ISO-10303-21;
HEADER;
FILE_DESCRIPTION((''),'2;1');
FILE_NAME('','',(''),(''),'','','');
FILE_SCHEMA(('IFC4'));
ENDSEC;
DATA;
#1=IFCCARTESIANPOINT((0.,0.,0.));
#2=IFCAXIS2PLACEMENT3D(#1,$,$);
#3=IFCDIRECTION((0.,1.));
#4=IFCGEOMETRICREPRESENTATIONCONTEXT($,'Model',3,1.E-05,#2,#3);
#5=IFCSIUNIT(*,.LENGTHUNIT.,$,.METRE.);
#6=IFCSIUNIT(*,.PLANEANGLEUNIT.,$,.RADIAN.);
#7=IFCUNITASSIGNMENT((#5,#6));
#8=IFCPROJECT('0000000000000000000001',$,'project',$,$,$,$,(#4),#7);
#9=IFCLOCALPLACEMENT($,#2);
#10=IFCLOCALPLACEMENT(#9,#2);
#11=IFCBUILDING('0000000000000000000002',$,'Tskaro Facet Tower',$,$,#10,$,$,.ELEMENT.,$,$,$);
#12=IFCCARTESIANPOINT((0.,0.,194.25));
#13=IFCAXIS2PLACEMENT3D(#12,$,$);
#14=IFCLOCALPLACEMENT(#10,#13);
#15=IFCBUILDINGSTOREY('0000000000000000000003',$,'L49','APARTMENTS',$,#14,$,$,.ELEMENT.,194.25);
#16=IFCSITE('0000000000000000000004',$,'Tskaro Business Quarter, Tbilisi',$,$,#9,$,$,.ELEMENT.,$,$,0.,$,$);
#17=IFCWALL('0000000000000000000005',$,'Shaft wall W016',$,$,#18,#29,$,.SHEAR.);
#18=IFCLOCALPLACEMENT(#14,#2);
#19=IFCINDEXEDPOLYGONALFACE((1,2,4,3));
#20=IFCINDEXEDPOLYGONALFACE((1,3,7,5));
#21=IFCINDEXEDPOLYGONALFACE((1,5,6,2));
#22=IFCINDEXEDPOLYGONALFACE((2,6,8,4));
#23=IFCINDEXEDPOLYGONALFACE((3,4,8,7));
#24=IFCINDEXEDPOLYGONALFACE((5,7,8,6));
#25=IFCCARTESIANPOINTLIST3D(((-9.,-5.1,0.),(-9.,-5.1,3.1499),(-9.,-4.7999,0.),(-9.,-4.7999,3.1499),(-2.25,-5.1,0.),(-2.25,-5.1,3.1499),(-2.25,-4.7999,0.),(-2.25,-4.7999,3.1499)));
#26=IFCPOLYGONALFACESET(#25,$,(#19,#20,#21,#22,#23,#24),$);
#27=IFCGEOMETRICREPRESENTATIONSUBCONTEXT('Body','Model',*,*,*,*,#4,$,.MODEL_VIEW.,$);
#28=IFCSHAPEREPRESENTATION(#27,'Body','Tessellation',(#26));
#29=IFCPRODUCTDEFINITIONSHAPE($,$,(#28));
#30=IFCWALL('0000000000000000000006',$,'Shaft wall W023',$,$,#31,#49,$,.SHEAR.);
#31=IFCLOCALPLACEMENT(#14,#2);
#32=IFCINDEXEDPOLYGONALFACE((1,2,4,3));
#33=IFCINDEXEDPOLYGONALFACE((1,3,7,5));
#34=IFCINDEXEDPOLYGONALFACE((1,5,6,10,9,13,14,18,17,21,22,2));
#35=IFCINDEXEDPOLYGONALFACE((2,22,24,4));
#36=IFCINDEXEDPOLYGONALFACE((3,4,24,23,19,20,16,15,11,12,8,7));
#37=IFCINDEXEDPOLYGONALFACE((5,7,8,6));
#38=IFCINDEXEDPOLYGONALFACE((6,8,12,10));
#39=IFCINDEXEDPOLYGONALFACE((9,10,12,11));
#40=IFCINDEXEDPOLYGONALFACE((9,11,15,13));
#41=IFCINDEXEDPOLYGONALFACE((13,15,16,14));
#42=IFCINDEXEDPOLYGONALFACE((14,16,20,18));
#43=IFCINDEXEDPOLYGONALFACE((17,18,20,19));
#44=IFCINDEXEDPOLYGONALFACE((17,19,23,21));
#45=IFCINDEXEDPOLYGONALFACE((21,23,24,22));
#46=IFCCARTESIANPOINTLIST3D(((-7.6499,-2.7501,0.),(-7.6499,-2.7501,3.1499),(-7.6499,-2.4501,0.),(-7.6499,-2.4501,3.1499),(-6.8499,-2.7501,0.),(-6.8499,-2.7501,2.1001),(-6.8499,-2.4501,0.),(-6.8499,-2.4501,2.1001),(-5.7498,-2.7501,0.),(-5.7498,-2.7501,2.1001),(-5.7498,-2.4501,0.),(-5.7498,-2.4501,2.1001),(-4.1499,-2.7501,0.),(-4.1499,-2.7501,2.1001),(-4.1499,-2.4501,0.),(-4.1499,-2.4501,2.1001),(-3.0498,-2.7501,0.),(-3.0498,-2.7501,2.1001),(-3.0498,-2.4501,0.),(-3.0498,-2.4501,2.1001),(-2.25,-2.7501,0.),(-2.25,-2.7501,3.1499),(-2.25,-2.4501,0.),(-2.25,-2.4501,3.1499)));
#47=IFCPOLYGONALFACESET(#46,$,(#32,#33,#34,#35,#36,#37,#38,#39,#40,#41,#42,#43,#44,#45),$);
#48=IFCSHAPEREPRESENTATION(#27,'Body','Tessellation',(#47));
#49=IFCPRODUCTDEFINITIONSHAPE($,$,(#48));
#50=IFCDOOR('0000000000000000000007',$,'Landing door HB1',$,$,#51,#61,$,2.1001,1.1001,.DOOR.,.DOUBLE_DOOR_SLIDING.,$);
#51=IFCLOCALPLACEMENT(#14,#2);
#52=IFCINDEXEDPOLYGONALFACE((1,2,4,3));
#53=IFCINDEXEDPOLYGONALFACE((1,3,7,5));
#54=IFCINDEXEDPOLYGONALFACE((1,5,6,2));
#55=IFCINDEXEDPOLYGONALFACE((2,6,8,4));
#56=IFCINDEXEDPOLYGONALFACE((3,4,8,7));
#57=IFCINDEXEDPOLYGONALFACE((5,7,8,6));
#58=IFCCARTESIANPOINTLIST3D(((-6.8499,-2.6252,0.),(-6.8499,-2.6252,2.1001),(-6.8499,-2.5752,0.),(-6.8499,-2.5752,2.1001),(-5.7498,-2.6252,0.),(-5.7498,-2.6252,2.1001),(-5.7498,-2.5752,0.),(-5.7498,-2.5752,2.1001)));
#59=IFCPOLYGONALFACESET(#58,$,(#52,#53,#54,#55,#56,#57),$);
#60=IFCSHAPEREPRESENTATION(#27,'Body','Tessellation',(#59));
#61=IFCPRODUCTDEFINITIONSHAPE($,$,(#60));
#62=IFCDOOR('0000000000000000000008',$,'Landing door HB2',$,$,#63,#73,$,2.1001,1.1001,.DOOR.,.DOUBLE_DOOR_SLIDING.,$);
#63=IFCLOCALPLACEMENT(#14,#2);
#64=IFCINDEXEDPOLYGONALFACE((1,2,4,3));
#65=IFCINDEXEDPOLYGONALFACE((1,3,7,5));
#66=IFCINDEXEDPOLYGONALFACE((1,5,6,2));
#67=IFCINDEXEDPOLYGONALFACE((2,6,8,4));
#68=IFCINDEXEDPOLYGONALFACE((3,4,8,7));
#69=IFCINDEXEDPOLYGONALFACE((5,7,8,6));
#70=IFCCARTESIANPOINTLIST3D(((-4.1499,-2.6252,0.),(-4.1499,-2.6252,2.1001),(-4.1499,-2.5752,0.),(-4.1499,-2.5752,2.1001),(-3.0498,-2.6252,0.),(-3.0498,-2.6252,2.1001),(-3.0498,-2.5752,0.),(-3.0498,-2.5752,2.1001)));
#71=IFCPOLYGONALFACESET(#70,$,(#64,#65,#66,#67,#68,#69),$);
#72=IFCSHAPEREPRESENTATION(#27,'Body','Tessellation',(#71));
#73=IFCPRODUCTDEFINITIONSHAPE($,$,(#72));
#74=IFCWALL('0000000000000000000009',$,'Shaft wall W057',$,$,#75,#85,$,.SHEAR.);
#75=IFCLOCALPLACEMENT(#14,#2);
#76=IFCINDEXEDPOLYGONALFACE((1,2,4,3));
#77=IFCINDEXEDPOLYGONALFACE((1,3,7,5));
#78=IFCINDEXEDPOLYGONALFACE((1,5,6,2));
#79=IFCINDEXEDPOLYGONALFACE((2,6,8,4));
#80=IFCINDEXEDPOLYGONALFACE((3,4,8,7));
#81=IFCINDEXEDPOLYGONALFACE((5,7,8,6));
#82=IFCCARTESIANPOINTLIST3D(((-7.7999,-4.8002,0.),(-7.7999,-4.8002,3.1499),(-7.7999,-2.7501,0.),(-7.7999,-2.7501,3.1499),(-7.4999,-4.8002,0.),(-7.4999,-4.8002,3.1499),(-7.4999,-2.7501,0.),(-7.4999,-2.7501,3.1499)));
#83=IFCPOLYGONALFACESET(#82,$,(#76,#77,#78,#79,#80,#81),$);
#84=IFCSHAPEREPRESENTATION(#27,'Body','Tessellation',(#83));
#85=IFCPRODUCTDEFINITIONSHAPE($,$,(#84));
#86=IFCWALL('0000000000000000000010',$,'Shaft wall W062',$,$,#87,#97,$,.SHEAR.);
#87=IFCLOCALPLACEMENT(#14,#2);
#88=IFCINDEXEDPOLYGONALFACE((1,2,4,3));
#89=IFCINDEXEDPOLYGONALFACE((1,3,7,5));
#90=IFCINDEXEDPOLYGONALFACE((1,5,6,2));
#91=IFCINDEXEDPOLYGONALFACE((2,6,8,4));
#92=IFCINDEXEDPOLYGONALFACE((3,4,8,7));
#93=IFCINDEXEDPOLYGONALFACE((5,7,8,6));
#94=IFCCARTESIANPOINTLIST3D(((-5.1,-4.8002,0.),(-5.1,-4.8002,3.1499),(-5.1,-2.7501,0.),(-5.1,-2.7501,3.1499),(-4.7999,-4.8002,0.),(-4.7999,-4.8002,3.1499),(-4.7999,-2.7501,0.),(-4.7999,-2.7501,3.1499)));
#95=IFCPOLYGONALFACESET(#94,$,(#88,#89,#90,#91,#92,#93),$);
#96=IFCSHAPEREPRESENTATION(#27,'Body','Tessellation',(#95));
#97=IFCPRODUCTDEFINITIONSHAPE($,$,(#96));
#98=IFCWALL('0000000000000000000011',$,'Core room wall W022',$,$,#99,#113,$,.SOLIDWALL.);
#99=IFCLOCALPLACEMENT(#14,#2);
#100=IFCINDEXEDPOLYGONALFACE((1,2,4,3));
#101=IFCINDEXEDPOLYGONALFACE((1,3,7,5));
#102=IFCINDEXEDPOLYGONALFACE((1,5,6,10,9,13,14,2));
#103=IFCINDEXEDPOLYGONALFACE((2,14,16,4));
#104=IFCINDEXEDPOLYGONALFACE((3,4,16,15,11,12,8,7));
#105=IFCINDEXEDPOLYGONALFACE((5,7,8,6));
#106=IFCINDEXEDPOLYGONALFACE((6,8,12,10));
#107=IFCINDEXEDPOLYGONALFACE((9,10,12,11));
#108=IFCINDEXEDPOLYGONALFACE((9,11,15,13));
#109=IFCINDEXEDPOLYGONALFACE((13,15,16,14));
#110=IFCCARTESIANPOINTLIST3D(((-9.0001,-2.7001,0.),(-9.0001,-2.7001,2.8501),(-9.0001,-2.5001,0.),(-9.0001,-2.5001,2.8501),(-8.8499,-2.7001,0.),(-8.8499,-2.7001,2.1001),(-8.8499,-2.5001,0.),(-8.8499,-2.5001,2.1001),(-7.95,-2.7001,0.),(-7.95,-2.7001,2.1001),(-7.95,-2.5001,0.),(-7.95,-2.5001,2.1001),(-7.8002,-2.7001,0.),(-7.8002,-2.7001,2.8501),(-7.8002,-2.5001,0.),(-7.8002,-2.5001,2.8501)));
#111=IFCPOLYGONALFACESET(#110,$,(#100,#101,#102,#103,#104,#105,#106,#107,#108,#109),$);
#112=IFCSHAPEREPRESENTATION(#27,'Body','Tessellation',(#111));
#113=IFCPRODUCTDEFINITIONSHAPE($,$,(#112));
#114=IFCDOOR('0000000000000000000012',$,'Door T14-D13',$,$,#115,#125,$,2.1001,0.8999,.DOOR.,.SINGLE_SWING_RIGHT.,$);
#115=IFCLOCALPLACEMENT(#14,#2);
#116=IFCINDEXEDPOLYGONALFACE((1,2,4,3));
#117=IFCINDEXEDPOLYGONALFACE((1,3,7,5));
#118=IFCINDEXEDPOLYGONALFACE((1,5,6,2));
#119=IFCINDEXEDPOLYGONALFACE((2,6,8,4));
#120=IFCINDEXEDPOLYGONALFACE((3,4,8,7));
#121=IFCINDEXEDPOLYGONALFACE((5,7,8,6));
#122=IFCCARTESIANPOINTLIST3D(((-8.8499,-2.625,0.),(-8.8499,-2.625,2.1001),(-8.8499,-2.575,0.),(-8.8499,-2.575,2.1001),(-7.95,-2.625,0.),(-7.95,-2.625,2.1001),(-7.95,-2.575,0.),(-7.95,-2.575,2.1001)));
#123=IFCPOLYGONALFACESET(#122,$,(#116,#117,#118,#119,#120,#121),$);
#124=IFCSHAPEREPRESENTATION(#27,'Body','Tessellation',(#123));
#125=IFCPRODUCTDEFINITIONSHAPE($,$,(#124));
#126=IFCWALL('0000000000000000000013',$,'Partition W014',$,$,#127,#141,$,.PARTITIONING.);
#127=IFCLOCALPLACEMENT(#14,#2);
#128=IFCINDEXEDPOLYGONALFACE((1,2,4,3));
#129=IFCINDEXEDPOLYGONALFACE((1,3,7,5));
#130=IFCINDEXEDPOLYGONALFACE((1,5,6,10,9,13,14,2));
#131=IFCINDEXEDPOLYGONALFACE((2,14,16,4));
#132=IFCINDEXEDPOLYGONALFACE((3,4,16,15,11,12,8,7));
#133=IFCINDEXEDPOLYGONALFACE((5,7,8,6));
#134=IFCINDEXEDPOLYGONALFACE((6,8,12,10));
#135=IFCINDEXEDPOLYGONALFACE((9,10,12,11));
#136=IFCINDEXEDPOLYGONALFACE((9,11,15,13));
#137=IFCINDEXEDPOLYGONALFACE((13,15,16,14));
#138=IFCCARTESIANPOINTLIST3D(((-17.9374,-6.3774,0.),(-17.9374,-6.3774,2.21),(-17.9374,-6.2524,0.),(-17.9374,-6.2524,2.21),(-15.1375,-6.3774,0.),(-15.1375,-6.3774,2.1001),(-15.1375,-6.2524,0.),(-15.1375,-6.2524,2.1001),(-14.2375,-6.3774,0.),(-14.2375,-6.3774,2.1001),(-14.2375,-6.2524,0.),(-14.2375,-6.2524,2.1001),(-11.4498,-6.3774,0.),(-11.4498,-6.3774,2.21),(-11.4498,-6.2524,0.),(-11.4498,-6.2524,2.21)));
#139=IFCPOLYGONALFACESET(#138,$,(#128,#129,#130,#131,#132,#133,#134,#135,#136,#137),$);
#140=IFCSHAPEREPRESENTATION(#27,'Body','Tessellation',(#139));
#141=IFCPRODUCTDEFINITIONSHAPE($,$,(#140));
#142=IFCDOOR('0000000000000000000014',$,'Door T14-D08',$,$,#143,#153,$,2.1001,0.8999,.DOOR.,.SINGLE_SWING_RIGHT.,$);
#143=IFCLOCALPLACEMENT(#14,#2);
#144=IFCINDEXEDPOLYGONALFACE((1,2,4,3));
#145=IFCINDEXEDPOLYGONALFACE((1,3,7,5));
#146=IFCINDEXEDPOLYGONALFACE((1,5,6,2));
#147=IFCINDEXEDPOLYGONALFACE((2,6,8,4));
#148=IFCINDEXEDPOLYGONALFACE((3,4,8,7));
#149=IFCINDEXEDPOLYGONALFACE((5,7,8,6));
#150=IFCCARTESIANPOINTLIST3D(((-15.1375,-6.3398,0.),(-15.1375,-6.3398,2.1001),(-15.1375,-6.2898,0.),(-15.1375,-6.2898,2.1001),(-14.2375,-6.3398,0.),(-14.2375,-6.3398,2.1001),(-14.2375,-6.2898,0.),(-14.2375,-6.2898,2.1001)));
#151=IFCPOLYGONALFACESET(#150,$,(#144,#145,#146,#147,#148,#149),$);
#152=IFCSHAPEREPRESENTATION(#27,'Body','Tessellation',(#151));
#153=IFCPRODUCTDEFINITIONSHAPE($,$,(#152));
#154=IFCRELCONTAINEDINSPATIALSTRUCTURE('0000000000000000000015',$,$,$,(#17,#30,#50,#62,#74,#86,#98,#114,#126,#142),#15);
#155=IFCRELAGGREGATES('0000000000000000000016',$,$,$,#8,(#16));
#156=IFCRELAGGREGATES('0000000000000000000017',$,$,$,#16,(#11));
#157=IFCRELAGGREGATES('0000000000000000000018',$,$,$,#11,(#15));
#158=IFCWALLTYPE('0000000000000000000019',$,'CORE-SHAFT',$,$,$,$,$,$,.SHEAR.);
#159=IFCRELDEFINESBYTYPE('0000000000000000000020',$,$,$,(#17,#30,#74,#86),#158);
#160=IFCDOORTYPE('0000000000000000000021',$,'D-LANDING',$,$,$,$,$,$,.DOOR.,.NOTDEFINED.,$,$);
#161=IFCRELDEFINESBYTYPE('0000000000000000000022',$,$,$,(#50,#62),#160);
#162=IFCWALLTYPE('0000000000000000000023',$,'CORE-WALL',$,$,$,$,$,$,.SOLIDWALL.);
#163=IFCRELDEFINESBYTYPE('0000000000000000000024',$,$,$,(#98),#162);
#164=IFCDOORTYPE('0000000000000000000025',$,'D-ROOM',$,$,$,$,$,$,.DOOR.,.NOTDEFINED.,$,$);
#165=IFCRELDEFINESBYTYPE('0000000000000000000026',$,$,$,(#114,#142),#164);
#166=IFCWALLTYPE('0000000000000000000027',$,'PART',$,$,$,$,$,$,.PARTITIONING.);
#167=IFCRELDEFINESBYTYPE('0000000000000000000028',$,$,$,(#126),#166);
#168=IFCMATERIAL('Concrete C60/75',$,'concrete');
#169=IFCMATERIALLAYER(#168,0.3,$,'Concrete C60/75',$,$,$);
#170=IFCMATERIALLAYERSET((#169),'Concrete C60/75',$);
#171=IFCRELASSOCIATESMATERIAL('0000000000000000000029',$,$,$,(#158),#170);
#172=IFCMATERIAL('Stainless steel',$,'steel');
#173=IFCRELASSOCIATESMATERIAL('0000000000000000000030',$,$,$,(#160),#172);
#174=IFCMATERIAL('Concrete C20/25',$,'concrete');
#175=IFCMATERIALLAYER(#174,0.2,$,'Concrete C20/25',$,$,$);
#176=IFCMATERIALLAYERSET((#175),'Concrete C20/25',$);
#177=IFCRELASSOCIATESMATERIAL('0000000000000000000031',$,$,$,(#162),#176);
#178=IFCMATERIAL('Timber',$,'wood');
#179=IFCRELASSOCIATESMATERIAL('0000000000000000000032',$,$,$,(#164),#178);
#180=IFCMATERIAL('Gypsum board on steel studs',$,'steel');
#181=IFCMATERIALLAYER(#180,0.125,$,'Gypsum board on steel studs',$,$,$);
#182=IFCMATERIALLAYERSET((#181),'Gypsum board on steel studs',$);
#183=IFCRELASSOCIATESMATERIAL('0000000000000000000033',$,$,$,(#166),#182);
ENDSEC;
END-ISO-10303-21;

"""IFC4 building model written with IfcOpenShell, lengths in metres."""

from ifc_helpers import new_model, si_unit, direction, frame, frame_2d, origin, place, context, subcontext, project, spatial, rectangle, extrude, material, layer, layer_set, type_object, element, fill, save


model = new_model("IFC4")

# Units and contexts
model_context = context("Model", 3, precision=1e-05, world=origin(), true_north=direction((0.0, 1.0)))
body_context = subcontext(model_context, "Body", "Model", "MODEL_VIEW")
ifc_project = project(units=[si_unit("LENGTHUNIT", "METRE"), si_unit("PLANEANGLEUNIT", "RADIAN")], contexts=[model_context])

# Site, building, storey
site_placement = place(None, origin())
site = spatial("IfcSite", under=ifc_project, at=site_placement, Name="Tskaro Business Quarter, Tbilisi", CompositionType="ELEMENT", RefElevation=0.0)
building_placement = place(site_placement, origin())
building = spatial("IfcBuilding", under=site, at=building_placement, Name="Tskaro Facet Tower", CompositionType="ELEMENT")
storey_placement = place(building_placement, frame((0.0, 0.0, 194.25)))
storey = spatial("IfcBuildingStorey", under=building, at=storey_placement, Name="L49", Description="APARTMENTS", CompositionType="ELEMENT", Elevation=194.25)

# Wall
ifc_material_1 = material(Name="Concrete C60/75", Category="concrete")
ifc_layer_1 = layer(ifc_material_1, 0.3, Name="Concrete C60/75")
ifc_layer_set_1 = layer_set([ifc_layer_1], Name="Concrete C60/75")
wall_type_1 = type_object("IfcWallType", Name="CORE-SHAFT", PredefinedType="SHEAR", material=ifc_layer_set_1)
wall_1_placement = place(storey_placement, frame((-9.0, -4.95, 0.0), z_axis=(0.0, 0.0, 1.0), x_axis=(1.0, 0.0, 0.0)))
element("IfcWall", 1, at=wall_1_placement, inside=storey, type_object=wall_type_1, Name="Shaft wall W016", PredefinedType="SHEAR", context=body_context, shape_type="SweptSolid", body=[
    extrude(rectangle(XDim=6.75, YDim=0.3, at=frame_2d((3.375, 0.0))), origin(), (0.0, 0.0, 1.0), 3.1499),
])

# Wall, openings, doors
wall_2_placement = place(storey_placement, frame((-7.6499, -2.6001, 0.0), z_axis=(0.0, 0.0, 1.0), x_axis=(1.0, 0.0, 0.0)))
wall_2 = element("IfcWall", 2, at=wall_2_placement, inside=storey, type_object=wall_type_1, Name="Shaft wall W023", PredefinedType="SHEAR", context=body_context, shape_type="SweptSolid", body=[
    extrude(rectangle(XDim=5.3999, YDim=0.3, at=frame_2d((2.7, 0.0))), origin(), (0.0, 0.0, 1.0), 3.1499),
])
opening_1_placement = place(wall_2_placement, frame((0.8, 0.0, 0.0)))
opening_1 = element("IfcOpeningElement", 3, at=opening_1_placement, cuts=wall_2, PredefinedType="OPENING", context=body_context, shape_type="SweptSolid", body=[
    extrude(rectangle(XDim=1.1001, YDim=2.1001, at=frame_2d((0.55, 1.05))), frame((0.0, 0.1599, 0.0), z_axis=(0.0, -1.0, 0.0), x_axis=(1.0, 0.0, 0.0)), (0.0, 0.0, 1.0), 0.3201),
])
opening_2_placement = place(wall_2_placement, frame((3.5, 0.0, 0.0)))
opening_2 = element("IfcOpeningElement", 4, at=opening_2_placement, cuts=wall_2, PredefinedType="OPENING", context=body_context, shape_type="SweptSolid", body=[
    extrude(rectangle(XDim=1.1001, YDim=2.1001, at=frame_2d((0.55, 1.05))), frame((0.0, 0.1599, 0.0), z_axis=(0.0, -1.0, 0.0), x_axis=(1.0, 0.0, 0.0)), (0.0, 0.0, 1.0), 0.3201),
])
ifc_material_2 = material(Name="Stainless steel", Category="steel")
door_type_1 = type_object("IfcDoorType", Name="D-LANDING", OperationType="NOTDEFINED", PredefinedType="DOOR", material=ifc_material_2)
door_1_placement = place(opening_1_placement, origin())
door_1 = element("IfcDoor", 5, at=door_1_placement, inside=storey, type_object=door_type_1, Name="Landing door HB1", OperationType="DOUBLE_DOOR_SLIDING", OverallHeight=2.1001, OverallWidth=1.1001, PredefinedType="DOOR", context=body_context, shape_type="SweptSolid", body=[
    extrude(rectangle(XDim=1.1001, YDim=2.1001, at=frame_2d((0.55, 1.05))), frame((0.0, 0.0249, 0.0), z_axis=(0.0, -1.0, 0.0), x_axis=(1.0, 0.0, 0.0)), (0.0, 0.0, 1.0), 0.05),
])
fill(opening_1, door_1)
door_2_placement = place(opening_2_placement, origin())
door_2 = element("IfcDoor", 6, at=door_2_placement, inside=storey, type_object=door_type_1, Name="Landing door HB2", OperationType="DOUBLE_DOOR_SLIDING", OverallHeight=2.1001, OverallWidth=1.1001, PredefinedType="DOOR", context=body_context, shape_type="SweptSolid", body=[
    extrude(rectangle(XDim=1.1001, YDim=2.1001, at=frame_2d((0.55, 1.05))), frame((0.0, 0.0249, 0.0), z_axis=(0.0, -1.0, 0.0), x_axis=(1.0, 0.0, 0.0)), (0.0, 0.0, 1.0), 0.05),
])
fill(opening_2, door_2)

# Walls
for number, where, z_axis, x_axis, name in (
    (7, (-7.6499, -4.8, 0.0), (0.0, 0.0, 1.0), (0.0, 1.0, 0.0), "Shaft wall W057"),
    (8, (-4.95, -4.8, 0.0), (0.0, 0.0, 1.0), (0.0, 1.0, 0.0), "Shaft wall W062"),
):
    element("IfcWall", number, at=place(storey_placement, frame(where, z_axis=z_axis, x_axis=x_axis)), inside=storey, type_object=wall_type_1, Name=name, PredefinedType="SHEAR", context=body_context, shape_type="SweptSolid", body=[
        extrude(rectangle(XDim=2.05, YDim=0.3, at=frame_2d((1.0249, 0.0))), origin(), (0.0, 0.0, 1.0), 3.1499),
    ])

# Walls, openings, doors
ifc_material_3 = material(Name="Concrete C20/25", Category="concrete")
ifc_layer_2 = layer(ifc_material_3, 0.2, Name="Concrete C20/25")
ifc_layer_set_2 = layer_set([ifc_layer_2], Name="Concrete C20/25")
wall_type_2 = type_object("IfcWallType", Name="CORE-WALL", PredefinedType="SOLIDWALL", material=ifc_layer_set_2)
wall_3_placement = place(storey_placement, frame((-7.8, -2.6001, 0.0), z_axis=(0.0, 0.0, 1.0), x_axis=(-1.0, 0.0, 0.0)))
wall_3 = element("IfcWall", 9, at=wall_3_placement, inside=storey, type_object=wall_type_2, Name="Core room wall W022", PredefinedType="SOLIDWALL", context=body_context, shape_type="SweptSolid", body=[
    extrude(rectangle(XDim=1.2, YDim=0.2, at=frame_2d((0.6001, 0.0))), origin(), (0.0, 0.0, 1.0), 2.8501),
])
opening_3_placement = place(wall_3_placement, frame((0.1499, 0.0, 0.0)))
opening_3 = element("IfcOpeningElement", 10, at=opening_3_placement, cuts=wall_3, PredefinedType="OPENING", context=body_context, shape_type="SweptSolid", body=[
    extrude(rectangle(XDim=0.8999, YDim=2.1001, at=frame_2d((0.45, 1.05))), frame((0.0, 0.1099, 0.0), z_axis=(0.0, -1.0, 0.0), x_axis=(1.0, 0.0, 0.0)), (0.0, 0.0, 1.0), 0.22),
])
ifc_material_4 = material(Name="Timber", Category="wood")
door_type_2 = type_object("IfcDoorType", Name="D-ROOM", OperationType="NOTDEFINED", PredefinedType="DOOR", material=ifc_material_4)
door_3_placement = place(opening_3_placement, origin())
door_3 = element("IfcDoor", 11, at=door_3_placement, inside=storey, type_object=door_type_2, Name="Door T14-D13", OperationType="SINGLE_SWING_RIGHT", OverallHeight=2.1001, OverallWidth=0.8999, PredefinedType="DOOR", context=body_context, shape_type="SweptSolid", body=[
    extrude(rectangle(XDim=0.8999, YDim=2.1001, at=frame_2d((0.45, 1.05))), frame((0.0, 0.0249, 0.0), z_axis=(0.0, -1.0, 0.0), x_axis=(1.0, 0.0, 0.0)), (0.0, 0.0, 1.0), 0.05),
])
fill(opening_3, door_3)
ifc_material_5 = material(Name="Gypsum board on steel studs", Category="steel")
ifc_layer_3 = layer(ifc_material_5, 0.125, Name="Gypsum board on steel studs")
ifc_layer_set_3 = layer_set([ifc_layer_3], Name="Gypsum board on steel studs")
wall_type_3 = type_object("IfcWallType", Name="PART", PredefinedType="PARTITIONING", material=ifc_layer_set_3)
wall_4_placement = place(storey_placement, frame((-11.45, -6.3149, 0.0), z_axis=(0.0, 0.0, 1.0), x_axis=(-1.0, 0.0, 0.0)))
wall_4 = element("IfcWall", 12, at=wall_4_placement, inside=storey, type_object=wall_type_3, Name="Partition W014", PredefinedType="PARTITIONING", context=body_context, shape_type="SweptSolid", body=[
    extrude(rectangle(XDim=6.4875, YDim=0.125, at=frame_2d((3.2437, 0.0))), origin(), (0.0, 0.0, 1.0), 2.21),
])
opening_4_placement = place(wall_4_placement, frame((2.7876, 0.0, 0.0)))
opening_4 = element("IfcOpeningElement", 13, at=opening_4_placement, cuts=wall_4, PredefinedType="OPENING", context=body_context, shape_type="SweptSolid", body=[
    extrude(rectangle(XDim=0.8999, YDim=2.1001, at=frame_2d((0.45, 1.05))), frame((0.0, 0.0725, 0.0), z_axis=(0.0, -1.0, 0.0), x_axis=(1.0, 0.0, 0.0)), (0.0, 0.0, 1.0), 0.145),
])
door_4_placement = place(opening_4_placement, origin())
door_4 = element("IfcDoor", 14, at=door_4_placement, inside=storey, type_object=door_type_2, Name="Door T14-D08", OperationType="SINGLE_SWING_RIGHT", OverallHeight=2.1001, OverallWidth=0.8999, PredefinedType="DOOR", context=body_context, shape_type="SweptSolid", body=[
    extrude(rectangle(XDim=0.8999, YDim=2.1001, at=frame_2d((0.45, 1.05))), frame((0.0, 0.0249, 0.0), z_axis=(0.0, -1.0, 0.0), x_axis=(1.0, 0.0, 0.0)), (0.0, 0.0, 1.0), 0.05),
])
fill(opening_4, door_4)

save(model, "model.ifc")
